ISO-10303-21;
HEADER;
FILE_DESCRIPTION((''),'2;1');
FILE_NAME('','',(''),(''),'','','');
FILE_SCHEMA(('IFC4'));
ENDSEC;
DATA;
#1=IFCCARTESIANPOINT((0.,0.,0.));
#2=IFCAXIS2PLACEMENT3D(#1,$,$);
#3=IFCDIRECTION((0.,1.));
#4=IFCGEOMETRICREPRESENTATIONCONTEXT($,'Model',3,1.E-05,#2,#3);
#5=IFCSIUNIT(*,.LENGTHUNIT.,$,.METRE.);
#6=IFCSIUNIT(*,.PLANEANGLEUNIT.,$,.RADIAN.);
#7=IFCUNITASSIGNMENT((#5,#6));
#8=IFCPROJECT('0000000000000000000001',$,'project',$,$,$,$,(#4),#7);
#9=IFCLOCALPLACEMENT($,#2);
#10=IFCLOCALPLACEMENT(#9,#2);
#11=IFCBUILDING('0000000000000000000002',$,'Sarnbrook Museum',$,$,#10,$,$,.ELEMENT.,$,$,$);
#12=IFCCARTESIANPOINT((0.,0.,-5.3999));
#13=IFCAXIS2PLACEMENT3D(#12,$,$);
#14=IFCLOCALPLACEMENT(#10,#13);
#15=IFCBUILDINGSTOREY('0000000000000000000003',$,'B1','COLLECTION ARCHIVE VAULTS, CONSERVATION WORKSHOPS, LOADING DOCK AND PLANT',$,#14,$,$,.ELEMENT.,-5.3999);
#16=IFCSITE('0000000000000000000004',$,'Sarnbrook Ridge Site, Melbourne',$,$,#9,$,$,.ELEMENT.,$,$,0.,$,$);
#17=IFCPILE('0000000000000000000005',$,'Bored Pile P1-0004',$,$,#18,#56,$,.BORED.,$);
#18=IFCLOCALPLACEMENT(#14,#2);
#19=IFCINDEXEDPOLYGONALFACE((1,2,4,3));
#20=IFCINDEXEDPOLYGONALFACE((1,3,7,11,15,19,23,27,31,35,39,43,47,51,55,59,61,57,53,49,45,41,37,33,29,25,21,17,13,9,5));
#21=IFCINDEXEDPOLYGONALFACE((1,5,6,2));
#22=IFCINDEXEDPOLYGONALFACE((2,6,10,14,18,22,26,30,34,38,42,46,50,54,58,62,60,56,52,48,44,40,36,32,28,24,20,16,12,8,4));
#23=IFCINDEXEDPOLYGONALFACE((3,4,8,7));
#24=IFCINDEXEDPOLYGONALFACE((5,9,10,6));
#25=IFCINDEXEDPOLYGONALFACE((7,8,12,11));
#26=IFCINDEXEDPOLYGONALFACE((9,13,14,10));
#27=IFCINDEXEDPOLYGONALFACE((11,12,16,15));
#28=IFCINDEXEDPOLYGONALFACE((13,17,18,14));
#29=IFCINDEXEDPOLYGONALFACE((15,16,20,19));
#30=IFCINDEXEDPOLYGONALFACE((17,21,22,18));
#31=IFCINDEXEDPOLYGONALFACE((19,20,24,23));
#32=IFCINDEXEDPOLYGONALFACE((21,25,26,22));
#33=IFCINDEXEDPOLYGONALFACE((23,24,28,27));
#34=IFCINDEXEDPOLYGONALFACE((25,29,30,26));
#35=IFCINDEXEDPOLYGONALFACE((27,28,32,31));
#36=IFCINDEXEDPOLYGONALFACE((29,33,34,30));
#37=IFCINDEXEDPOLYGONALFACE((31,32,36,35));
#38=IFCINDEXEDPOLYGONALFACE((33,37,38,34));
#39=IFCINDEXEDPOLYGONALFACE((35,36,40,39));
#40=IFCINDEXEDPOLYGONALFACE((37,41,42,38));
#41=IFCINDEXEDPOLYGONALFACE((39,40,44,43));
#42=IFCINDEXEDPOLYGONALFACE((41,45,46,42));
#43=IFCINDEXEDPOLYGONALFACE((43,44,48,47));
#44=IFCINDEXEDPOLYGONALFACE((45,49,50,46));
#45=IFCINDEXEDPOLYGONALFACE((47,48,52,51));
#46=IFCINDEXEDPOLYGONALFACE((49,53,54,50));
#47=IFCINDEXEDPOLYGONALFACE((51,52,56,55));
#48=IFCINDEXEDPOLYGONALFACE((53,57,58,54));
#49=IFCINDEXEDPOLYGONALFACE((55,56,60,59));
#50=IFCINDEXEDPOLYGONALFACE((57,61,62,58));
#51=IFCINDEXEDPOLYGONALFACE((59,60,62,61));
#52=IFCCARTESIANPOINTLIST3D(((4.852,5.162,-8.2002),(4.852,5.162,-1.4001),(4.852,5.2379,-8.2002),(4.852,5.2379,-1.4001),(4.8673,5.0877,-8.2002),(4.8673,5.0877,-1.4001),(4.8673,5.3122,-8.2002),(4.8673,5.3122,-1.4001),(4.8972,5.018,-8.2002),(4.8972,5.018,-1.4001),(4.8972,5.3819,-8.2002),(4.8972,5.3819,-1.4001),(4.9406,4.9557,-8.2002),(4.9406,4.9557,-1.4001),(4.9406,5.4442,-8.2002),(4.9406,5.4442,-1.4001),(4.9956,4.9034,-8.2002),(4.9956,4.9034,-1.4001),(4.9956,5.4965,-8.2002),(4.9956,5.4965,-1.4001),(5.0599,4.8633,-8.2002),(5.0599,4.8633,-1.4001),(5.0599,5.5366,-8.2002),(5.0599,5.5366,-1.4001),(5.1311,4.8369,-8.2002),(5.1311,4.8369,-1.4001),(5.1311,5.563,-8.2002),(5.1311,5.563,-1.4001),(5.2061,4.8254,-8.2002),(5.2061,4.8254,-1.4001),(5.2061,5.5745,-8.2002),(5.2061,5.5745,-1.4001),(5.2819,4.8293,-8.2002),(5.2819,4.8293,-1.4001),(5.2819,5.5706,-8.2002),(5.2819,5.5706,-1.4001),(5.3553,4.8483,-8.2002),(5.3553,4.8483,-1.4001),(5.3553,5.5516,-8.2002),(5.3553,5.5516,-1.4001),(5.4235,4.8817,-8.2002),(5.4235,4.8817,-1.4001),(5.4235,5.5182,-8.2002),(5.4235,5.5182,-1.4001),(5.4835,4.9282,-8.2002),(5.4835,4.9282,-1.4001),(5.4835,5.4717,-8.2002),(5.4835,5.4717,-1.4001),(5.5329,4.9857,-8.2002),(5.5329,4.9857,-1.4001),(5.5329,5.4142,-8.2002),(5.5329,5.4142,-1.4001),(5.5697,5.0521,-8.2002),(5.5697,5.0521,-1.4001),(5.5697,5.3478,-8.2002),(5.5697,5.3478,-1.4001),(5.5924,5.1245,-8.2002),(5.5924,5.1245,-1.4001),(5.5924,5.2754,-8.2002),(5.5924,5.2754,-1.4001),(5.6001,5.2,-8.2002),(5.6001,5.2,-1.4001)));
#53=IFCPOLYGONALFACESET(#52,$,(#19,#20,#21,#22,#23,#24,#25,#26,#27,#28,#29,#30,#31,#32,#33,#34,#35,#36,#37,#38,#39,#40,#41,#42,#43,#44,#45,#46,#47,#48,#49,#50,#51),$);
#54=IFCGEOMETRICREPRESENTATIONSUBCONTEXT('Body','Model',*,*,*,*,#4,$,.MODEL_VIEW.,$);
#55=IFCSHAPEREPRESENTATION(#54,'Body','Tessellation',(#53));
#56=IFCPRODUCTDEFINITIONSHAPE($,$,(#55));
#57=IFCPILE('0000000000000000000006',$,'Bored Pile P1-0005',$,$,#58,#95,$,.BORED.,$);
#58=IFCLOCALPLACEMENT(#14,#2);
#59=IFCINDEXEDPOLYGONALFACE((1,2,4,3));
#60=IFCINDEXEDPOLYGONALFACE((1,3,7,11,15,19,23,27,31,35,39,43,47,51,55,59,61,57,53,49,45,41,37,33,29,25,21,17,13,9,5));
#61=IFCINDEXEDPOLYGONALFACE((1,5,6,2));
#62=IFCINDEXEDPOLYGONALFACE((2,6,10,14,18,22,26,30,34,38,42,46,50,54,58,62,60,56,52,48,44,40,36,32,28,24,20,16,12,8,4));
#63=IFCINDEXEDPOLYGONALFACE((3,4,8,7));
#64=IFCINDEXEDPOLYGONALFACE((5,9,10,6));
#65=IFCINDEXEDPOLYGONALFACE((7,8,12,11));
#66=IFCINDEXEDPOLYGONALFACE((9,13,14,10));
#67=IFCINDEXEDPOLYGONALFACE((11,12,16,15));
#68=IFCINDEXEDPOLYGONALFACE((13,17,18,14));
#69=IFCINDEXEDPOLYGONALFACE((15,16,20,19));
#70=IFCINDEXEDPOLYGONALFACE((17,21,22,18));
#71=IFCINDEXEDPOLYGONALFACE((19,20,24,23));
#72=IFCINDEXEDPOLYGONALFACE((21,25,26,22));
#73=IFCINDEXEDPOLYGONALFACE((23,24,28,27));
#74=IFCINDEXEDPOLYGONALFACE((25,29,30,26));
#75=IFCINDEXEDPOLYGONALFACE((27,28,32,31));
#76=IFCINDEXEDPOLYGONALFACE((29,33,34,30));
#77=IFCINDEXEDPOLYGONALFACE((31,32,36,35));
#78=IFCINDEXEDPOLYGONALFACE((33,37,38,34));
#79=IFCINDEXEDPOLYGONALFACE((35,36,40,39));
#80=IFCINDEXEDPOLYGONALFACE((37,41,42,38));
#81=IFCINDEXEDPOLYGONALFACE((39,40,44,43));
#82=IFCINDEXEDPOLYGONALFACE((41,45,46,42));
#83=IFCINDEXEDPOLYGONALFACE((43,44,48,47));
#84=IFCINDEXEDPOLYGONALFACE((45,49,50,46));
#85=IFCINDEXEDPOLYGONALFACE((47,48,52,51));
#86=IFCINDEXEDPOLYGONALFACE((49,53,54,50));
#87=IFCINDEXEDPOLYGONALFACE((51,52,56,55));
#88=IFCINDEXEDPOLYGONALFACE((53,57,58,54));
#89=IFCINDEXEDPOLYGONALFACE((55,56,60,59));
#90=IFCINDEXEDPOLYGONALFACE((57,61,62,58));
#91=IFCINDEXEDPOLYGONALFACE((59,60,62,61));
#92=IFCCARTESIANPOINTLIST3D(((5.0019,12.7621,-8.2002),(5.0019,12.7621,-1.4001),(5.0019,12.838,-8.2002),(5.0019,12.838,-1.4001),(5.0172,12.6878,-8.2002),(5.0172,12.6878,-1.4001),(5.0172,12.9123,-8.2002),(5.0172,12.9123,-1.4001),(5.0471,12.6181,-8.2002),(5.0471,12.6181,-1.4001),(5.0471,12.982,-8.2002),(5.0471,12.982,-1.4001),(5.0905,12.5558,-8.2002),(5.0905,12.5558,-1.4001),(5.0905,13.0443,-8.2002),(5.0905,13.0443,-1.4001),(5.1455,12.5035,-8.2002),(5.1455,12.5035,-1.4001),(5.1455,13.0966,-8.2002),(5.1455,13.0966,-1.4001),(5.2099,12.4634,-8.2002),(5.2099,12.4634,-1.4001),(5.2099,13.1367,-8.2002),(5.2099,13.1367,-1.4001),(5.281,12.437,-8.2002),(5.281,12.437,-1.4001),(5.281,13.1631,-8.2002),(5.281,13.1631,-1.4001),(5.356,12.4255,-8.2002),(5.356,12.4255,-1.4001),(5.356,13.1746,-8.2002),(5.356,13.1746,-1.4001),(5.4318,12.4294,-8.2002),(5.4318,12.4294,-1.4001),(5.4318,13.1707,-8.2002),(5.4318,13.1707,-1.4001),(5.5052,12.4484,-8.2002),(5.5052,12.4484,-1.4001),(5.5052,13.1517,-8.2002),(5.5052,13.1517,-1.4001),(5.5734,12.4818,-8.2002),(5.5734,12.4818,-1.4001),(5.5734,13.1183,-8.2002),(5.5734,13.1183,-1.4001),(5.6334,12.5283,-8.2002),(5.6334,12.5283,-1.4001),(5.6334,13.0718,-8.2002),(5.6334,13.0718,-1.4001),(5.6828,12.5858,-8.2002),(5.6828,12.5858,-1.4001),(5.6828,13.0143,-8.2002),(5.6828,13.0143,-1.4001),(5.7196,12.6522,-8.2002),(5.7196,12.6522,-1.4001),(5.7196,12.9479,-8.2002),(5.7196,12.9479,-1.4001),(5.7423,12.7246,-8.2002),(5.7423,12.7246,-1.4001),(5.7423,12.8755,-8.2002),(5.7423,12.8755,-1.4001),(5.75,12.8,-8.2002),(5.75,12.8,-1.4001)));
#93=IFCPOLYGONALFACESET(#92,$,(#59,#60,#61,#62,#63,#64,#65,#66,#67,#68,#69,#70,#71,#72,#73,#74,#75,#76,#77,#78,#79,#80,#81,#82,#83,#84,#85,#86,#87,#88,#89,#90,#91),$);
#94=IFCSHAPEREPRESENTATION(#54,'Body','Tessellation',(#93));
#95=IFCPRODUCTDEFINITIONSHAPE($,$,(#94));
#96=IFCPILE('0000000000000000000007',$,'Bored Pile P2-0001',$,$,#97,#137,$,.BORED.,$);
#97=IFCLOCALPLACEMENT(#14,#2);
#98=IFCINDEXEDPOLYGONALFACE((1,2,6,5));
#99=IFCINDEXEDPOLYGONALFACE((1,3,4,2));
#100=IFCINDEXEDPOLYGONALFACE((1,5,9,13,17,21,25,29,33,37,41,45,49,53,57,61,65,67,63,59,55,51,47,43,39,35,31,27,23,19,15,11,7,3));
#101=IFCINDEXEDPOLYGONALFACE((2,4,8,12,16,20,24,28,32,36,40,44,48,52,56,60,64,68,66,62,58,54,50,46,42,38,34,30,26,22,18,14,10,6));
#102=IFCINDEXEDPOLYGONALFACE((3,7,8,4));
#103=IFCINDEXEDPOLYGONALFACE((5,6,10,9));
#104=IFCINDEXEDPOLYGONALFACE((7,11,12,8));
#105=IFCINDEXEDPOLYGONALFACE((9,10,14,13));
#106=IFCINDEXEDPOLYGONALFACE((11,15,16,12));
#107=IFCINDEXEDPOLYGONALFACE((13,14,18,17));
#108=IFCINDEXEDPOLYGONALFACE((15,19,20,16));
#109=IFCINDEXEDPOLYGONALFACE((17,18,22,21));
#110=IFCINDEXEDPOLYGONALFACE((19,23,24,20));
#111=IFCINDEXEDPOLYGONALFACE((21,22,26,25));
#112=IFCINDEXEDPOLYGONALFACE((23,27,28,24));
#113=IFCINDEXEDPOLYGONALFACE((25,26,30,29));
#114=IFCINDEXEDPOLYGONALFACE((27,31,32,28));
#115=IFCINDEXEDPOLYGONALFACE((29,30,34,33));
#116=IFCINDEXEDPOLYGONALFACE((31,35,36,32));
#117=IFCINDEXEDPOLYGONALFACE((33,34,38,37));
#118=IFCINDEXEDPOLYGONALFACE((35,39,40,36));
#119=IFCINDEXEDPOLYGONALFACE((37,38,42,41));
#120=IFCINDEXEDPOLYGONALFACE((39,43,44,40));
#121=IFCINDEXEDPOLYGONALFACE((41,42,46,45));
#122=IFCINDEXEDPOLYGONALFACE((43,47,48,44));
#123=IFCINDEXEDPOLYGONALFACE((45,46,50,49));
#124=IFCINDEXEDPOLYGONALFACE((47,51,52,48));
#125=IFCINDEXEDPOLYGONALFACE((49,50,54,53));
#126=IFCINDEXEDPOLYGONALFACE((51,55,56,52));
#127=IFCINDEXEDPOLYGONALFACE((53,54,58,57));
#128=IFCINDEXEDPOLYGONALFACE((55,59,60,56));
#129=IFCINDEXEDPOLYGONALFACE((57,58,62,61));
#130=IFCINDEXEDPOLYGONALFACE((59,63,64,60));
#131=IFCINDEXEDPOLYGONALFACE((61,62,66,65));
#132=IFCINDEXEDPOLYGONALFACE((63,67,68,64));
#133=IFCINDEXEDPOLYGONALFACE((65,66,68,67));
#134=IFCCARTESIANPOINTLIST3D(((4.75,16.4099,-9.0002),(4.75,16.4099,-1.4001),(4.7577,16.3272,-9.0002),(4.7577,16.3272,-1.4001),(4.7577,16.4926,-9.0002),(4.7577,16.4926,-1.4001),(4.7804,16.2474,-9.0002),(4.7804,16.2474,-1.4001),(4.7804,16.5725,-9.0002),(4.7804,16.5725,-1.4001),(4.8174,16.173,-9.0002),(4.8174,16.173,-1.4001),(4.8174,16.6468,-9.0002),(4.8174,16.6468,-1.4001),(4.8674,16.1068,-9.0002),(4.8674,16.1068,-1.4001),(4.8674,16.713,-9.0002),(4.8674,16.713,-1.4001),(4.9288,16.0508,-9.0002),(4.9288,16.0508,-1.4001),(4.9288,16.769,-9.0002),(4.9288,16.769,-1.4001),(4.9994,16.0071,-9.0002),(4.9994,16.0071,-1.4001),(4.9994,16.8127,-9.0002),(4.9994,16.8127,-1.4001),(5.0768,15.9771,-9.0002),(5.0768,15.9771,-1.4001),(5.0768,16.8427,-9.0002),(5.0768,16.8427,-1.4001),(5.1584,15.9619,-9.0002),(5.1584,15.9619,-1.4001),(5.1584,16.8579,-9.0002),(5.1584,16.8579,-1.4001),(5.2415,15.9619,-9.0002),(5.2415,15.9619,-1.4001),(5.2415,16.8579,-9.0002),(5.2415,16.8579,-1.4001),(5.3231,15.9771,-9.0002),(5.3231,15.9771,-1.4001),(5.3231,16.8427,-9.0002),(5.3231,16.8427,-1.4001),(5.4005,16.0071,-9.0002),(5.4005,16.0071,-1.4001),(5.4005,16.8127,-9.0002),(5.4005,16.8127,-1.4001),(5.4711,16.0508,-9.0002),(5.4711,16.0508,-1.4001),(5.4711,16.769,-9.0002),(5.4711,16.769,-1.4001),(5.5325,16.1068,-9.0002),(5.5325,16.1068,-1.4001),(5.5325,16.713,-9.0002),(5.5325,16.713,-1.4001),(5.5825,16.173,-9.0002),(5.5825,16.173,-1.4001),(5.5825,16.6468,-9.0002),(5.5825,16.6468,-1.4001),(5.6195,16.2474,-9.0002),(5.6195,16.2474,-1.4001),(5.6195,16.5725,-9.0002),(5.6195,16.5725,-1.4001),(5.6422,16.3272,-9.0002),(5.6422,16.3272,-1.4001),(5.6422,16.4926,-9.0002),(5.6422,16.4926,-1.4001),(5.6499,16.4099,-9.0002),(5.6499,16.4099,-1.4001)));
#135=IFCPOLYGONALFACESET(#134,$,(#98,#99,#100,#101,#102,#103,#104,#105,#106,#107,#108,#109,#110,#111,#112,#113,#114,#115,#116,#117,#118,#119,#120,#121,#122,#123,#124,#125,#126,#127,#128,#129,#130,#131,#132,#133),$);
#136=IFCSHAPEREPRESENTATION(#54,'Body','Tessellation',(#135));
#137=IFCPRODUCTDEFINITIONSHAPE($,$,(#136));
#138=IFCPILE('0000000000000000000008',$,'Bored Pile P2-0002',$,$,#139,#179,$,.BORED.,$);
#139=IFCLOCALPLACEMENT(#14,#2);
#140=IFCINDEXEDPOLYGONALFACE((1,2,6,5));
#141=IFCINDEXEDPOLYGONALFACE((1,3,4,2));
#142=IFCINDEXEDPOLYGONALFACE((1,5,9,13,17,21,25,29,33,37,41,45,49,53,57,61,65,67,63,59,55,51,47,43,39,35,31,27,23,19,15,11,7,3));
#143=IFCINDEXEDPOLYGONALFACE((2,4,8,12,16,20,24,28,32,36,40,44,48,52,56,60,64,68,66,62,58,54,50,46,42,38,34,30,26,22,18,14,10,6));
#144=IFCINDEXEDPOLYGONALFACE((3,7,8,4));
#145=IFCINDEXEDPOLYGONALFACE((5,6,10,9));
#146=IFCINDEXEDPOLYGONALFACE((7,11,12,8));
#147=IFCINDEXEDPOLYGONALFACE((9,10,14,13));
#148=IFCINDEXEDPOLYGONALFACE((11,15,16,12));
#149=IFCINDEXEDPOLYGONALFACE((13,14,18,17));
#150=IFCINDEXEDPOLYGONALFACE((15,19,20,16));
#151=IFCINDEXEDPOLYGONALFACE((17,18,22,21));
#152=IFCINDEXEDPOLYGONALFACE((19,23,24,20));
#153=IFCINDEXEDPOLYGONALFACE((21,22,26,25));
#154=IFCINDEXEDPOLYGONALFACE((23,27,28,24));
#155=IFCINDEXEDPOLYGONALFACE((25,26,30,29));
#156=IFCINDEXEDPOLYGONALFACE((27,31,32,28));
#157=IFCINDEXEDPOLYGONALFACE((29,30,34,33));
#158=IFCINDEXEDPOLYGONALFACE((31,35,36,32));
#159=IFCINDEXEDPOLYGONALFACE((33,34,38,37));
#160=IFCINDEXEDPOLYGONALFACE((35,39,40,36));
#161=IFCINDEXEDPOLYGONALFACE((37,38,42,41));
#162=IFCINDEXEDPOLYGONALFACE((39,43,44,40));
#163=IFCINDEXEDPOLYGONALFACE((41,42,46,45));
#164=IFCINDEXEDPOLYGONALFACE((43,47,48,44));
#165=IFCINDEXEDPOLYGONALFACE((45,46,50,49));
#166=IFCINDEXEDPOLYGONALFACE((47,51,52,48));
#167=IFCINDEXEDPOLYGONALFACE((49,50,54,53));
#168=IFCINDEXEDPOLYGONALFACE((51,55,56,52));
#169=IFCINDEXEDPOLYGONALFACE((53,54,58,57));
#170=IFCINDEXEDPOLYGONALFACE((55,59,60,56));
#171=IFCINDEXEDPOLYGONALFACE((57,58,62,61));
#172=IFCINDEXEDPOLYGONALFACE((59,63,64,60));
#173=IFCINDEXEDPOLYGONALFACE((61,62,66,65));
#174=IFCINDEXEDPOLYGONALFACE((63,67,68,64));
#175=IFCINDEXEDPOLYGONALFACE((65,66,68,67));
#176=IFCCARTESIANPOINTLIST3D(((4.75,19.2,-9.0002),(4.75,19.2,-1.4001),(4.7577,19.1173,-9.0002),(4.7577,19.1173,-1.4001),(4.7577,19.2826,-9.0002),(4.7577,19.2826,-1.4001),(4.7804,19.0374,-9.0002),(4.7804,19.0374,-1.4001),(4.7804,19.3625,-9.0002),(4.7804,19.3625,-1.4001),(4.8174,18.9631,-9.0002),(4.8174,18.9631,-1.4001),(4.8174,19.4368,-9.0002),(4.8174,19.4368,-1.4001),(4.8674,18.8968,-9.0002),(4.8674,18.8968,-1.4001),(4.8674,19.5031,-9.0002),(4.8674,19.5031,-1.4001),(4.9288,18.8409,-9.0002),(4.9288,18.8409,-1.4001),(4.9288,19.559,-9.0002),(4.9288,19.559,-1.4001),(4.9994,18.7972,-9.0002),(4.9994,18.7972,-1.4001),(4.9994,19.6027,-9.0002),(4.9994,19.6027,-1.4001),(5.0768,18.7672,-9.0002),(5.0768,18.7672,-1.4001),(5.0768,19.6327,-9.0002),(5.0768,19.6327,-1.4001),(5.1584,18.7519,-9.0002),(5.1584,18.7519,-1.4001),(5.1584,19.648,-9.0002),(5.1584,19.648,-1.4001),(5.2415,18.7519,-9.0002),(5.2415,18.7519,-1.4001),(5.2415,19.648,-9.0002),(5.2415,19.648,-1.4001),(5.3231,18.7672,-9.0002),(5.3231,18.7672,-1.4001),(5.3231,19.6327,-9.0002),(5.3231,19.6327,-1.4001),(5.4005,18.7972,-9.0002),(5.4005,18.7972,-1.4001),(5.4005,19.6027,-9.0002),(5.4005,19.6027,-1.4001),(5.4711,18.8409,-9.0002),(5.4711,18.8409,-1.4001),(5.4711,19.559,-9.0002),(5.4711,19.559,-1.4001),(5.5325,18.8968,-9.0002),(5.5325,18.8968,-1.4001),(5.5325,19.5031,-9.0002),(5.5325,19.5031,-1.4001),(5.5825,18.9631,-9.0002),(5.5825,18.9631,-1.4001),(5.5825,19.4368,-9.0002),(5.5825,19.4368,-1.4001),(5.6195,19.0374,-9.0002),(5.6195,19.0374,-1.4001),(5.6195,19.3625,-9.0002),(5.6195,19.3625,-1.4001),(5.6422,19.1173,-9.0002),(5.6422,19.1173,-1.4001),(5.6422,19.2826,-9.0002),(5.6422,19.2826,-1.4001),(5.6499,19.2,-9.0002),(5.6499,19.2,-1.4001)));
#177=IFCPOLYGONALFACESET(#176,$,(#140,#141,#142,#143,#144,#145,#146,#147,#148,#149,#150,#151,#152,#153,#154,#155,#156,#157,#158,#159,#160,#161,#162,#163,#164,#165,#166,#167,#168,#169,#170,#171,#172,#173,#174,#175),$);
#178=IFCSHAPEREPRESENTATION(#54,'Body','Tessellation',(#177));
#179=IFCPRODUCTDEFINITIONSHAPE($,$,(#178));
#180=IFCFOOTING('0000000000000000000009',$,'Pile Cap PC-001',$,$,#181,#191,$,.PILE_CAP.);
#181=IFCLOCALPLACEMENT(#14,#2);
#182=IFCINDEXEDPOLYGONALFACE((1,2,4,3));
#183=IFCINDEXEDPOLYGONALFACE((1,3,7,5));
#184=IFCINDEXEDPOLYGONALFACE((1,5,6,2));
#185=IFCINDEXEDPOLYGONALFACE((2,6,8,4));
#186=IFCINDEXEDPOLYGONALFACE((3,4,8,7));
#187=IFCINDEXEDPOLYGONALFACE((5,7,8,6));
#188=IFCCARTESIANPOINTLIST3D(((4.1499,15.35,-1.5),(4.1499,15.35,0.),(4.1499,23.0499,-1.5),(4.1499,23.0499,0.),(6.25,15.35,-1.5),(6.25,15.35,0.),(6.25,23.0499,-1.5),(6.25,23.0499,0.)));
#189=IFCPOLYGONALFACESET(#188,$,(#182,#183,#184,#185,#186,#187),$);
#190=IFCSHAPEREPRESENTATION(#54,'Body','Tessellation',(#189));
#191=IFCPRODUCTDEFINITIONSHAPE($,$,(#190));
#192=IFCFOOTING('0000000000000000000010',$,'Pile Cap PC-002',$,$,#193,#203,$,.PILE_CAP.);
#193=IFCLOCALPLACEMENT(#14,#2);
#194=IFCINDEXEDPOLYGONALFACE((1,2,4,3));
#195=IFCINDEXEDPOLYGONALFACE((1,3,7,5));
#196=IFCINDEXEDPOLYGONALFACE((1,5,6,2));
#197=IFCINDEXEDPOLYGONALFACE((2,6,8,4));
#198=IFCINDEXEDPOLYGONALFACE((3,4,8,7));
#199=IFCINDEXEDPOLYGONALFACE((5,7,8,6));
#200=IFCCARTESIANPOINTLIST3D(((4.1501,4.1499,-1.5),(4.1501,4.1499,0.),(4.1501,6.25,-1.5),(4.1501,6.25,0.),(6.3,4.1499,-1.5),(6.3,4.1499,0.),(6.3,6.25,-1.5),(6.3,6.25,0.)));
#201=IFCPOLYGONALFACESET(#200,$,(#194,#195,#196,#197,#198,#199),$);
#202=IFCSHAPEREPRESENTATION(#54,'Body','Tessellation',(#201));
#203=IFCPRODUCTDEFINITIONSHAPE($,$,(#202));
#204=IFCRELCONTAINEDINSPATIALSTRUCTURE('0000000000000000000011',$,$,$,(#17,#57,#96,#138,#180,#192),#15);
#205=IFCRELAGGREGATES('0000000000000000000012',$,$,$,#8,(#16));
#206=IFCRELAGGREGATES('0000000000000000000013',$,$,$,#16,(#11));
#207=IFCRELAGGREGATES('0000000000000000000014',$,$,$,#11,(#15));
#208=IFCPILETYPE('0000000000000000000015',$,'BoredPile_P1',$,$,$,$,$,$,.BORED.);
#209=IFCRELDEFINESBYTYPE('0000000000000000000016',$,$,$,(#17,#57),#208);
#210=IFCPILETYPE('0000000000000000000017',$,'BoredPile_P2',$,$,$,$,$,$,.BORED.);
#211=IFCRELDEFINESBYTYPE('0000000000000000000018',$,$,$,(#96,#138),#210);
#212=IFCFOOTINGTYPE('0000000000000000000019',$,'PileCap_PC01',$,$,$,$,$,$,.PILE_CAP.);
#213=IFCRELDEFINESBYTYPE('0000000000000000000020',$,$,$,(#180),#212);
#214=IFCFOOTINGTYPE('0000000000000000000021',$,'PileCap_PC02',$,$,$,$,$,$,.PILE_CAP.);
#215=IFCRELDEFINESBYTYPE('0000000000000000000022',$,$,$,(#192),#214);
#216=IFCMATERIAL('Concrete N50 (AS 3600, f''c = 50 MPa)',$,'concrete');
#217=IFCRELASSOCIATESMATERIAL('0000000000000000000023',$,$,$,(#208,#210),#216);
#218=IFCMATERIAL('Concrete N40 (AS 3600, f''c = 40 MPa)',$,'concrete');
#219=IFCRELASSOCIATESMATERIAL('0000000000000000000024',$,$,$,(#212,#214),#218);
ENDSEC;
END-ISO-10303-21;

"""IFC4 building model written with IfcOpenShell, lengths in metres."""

from ifc_helpers import new_model, si_unit, direction, frame, origin, origin_2d, place, context, subcontext, project, spatial, rectangle, circle, extrude, material, material_profile, profile_set, type_object, element, save


model = new_model("IFC4")

# Units and contexts
model_context = context("Model", 3, precision=1e-05, world=origin(), true_north=direction((0.0, 1.0)))
body_context = subcontext(model_context, "Body", "Model", "MODEL_VIEW")
ifc_project = project(units=[si_unit("LENGTHUNIT", "METRE"), si_unit("PLANEANGLEUNIT", "RADIAN")], contexts=[model_context])

# Site, building, storey
site_placement = place(None, origin())
site = spatial("IfcSite", under=ifc_project, at=site_placement, Name="Sarnbrook Ridge Site, Melbourne", CompositionType="ELEMENT", RefElevation=0.0)
building_placement = place(site_placement, origin())
building = spatial("IfcBuilding", under=site, at=building_placement, Name="Sarnbrook Museum", CompositionType="ELEMENT")
storey_placement = place(building_placement, frame((0.0, 0.0, -5.3999)))
storey = spatial("IfcBuildingStorey", under=building, at=storey_placement, Name="B1", Description="COLLECTION ARCHIVE VAULTS, CONSERVATION WORKSHOPS, LOADING DOCK AND PLANT", CompositionType="ELEMENT", Elevation=-5.3999)

# Piles
ifc_material_1 = material(Name="Concrete N50 (AS 3600, f'c = 50 MPa)", Category="concrete")
ifc_material_profile_1 = material_profile(ifc_material_1, circle(Radius=0.375, at=origin_2d()), Name="BORED PILE D750")
ifc_profile_set_1 = profile_set([ifc_material_profile_1], Name="Concrete N50 (AS 3600, f'c = 50 MPa)")
pile_type_1 = type_object("IfcPileType", Name="BoredPile_P1", PredefinedType="BORED", material=ifc_profile_set_1)
for number, where, z_axis, x_axis, name in (
    (1, (5.2251, 5.2, -1.4001), (0.0, 0.0, -1.0), (1.0, 0.0, 0.0), "Bored Pile P1-0004"),
    (2, (5.375, 12.8, -1.4001), (0.0, 0.0, -1.0), (1.0, 0.0, 0.0), "Bored Pile P1-0005"),
):
    element("IfcPile", number, at=place(storey_placement, frame(where, z_axis=z_axis, x_axis=x_axis)), inside=storey, type_object=pile_type_1, Name=name, PredefinedType="BORED", context=body_context, shape_type="SweptSolid", body=[
        extrude(circle(Radius=0.375, at=origin_2d()), origin(), (0.0, 0.0, 1.0), 6.8),
    ])
ifc_material_profile_2 = material_profile(ifc_material_1, circle(Radius=0.45, at=origin_2d()), Name="BORED PILE D900")
ifc_profile_set_2 = profile_set([ifc_material_profile_2], Name="Concrete N50 (AS 3600, f'c = 50 MPa)")
pile_type_2 = type_object("IfcPileType", Name="BoredPile_P2", PredefinedType="BORED", material=ifc_profile_set_2)
for number, where, z_axis, x_axis, name in (
    (3, (5.2, 16.4099, -1.4001), (0.0, 0.0, -1.0), (1.0, 0.0, 0.0), "Bored Pile P2-0001"),
    (4, (5.2, 19.2, -1.4001), (0.0, 0.0, -1.0), (1.0, 0.0, 0.0), "Bored Pile P2-0002"),
):
    element("IfcPile", number, at=place(storey_placement, frame(where, z_axis=z_axis, x_axis=x_axis)), inside=storey, type_object=pile_type_2, Name=name, PredefinedType="BORED", context=body_context, shape_type="SweptSolid", body=[
        extrude(circle(Radius=0.45, at=origin_2d()), origin(), (0.0, 0.0, 1.0), 7.6001),
    ])

# Footings
ifc_material_2 = material(Name="Concrete N40 (AS 3600, f'c = 40 MPa)", Category="concrete")
footing_type_1 = type_object("IfcFootingType", Name="PileCap_PC01", PredefinedType="PILE_CAP", material=ifc_material_2)
footing_1_placement = place(storey_placement, frame((5.2, 19.2, -1.5), z_axis=(0.0, 0.0, 1.0), x_axis=(1.0, 0.0, 0.0)))
element("IfcFooting", 5, at=footing_1_placement, inside=storey, type_object=footing_type_1, Name="Pile Cap PC-001", PredefinedType="PILE_CAP", context=body_context, shape_type="SweptSolid", body=[
    extrude(rectangle(XDim=2.1001, YDim=7.7, at=origin_2d()), origin(), (0.0, 0.0, 1.0), 1.5),
])
footing_type_2 = type_object("IfcFootingType", Name="PileCap_PC02", PredefinedType="PILE_CAP", material=ifc_material_2)
footing_2_placement = place(storey_placement, frame((5.2251, 5.2, -1.5), z_axis=(0.0, 0.0, 1.0), x_axis=(1.0, 0.0, 0.0)))
element("IfcFooting", 6, at=footing_2_placement, inside=storey, type_object=footing_type_2, Name="Pile Cap PC-002", PredefinedType="PILE_CAP", context=body_context, shape_type="SweptSolid", body=[
    extrude(rectangle(XDim=2.1499, YDim=2.1001, at=origin_2d()), origin(), (0.0, 0.0, 1.0), 1.5),
])

save(model, "model.ifc")
